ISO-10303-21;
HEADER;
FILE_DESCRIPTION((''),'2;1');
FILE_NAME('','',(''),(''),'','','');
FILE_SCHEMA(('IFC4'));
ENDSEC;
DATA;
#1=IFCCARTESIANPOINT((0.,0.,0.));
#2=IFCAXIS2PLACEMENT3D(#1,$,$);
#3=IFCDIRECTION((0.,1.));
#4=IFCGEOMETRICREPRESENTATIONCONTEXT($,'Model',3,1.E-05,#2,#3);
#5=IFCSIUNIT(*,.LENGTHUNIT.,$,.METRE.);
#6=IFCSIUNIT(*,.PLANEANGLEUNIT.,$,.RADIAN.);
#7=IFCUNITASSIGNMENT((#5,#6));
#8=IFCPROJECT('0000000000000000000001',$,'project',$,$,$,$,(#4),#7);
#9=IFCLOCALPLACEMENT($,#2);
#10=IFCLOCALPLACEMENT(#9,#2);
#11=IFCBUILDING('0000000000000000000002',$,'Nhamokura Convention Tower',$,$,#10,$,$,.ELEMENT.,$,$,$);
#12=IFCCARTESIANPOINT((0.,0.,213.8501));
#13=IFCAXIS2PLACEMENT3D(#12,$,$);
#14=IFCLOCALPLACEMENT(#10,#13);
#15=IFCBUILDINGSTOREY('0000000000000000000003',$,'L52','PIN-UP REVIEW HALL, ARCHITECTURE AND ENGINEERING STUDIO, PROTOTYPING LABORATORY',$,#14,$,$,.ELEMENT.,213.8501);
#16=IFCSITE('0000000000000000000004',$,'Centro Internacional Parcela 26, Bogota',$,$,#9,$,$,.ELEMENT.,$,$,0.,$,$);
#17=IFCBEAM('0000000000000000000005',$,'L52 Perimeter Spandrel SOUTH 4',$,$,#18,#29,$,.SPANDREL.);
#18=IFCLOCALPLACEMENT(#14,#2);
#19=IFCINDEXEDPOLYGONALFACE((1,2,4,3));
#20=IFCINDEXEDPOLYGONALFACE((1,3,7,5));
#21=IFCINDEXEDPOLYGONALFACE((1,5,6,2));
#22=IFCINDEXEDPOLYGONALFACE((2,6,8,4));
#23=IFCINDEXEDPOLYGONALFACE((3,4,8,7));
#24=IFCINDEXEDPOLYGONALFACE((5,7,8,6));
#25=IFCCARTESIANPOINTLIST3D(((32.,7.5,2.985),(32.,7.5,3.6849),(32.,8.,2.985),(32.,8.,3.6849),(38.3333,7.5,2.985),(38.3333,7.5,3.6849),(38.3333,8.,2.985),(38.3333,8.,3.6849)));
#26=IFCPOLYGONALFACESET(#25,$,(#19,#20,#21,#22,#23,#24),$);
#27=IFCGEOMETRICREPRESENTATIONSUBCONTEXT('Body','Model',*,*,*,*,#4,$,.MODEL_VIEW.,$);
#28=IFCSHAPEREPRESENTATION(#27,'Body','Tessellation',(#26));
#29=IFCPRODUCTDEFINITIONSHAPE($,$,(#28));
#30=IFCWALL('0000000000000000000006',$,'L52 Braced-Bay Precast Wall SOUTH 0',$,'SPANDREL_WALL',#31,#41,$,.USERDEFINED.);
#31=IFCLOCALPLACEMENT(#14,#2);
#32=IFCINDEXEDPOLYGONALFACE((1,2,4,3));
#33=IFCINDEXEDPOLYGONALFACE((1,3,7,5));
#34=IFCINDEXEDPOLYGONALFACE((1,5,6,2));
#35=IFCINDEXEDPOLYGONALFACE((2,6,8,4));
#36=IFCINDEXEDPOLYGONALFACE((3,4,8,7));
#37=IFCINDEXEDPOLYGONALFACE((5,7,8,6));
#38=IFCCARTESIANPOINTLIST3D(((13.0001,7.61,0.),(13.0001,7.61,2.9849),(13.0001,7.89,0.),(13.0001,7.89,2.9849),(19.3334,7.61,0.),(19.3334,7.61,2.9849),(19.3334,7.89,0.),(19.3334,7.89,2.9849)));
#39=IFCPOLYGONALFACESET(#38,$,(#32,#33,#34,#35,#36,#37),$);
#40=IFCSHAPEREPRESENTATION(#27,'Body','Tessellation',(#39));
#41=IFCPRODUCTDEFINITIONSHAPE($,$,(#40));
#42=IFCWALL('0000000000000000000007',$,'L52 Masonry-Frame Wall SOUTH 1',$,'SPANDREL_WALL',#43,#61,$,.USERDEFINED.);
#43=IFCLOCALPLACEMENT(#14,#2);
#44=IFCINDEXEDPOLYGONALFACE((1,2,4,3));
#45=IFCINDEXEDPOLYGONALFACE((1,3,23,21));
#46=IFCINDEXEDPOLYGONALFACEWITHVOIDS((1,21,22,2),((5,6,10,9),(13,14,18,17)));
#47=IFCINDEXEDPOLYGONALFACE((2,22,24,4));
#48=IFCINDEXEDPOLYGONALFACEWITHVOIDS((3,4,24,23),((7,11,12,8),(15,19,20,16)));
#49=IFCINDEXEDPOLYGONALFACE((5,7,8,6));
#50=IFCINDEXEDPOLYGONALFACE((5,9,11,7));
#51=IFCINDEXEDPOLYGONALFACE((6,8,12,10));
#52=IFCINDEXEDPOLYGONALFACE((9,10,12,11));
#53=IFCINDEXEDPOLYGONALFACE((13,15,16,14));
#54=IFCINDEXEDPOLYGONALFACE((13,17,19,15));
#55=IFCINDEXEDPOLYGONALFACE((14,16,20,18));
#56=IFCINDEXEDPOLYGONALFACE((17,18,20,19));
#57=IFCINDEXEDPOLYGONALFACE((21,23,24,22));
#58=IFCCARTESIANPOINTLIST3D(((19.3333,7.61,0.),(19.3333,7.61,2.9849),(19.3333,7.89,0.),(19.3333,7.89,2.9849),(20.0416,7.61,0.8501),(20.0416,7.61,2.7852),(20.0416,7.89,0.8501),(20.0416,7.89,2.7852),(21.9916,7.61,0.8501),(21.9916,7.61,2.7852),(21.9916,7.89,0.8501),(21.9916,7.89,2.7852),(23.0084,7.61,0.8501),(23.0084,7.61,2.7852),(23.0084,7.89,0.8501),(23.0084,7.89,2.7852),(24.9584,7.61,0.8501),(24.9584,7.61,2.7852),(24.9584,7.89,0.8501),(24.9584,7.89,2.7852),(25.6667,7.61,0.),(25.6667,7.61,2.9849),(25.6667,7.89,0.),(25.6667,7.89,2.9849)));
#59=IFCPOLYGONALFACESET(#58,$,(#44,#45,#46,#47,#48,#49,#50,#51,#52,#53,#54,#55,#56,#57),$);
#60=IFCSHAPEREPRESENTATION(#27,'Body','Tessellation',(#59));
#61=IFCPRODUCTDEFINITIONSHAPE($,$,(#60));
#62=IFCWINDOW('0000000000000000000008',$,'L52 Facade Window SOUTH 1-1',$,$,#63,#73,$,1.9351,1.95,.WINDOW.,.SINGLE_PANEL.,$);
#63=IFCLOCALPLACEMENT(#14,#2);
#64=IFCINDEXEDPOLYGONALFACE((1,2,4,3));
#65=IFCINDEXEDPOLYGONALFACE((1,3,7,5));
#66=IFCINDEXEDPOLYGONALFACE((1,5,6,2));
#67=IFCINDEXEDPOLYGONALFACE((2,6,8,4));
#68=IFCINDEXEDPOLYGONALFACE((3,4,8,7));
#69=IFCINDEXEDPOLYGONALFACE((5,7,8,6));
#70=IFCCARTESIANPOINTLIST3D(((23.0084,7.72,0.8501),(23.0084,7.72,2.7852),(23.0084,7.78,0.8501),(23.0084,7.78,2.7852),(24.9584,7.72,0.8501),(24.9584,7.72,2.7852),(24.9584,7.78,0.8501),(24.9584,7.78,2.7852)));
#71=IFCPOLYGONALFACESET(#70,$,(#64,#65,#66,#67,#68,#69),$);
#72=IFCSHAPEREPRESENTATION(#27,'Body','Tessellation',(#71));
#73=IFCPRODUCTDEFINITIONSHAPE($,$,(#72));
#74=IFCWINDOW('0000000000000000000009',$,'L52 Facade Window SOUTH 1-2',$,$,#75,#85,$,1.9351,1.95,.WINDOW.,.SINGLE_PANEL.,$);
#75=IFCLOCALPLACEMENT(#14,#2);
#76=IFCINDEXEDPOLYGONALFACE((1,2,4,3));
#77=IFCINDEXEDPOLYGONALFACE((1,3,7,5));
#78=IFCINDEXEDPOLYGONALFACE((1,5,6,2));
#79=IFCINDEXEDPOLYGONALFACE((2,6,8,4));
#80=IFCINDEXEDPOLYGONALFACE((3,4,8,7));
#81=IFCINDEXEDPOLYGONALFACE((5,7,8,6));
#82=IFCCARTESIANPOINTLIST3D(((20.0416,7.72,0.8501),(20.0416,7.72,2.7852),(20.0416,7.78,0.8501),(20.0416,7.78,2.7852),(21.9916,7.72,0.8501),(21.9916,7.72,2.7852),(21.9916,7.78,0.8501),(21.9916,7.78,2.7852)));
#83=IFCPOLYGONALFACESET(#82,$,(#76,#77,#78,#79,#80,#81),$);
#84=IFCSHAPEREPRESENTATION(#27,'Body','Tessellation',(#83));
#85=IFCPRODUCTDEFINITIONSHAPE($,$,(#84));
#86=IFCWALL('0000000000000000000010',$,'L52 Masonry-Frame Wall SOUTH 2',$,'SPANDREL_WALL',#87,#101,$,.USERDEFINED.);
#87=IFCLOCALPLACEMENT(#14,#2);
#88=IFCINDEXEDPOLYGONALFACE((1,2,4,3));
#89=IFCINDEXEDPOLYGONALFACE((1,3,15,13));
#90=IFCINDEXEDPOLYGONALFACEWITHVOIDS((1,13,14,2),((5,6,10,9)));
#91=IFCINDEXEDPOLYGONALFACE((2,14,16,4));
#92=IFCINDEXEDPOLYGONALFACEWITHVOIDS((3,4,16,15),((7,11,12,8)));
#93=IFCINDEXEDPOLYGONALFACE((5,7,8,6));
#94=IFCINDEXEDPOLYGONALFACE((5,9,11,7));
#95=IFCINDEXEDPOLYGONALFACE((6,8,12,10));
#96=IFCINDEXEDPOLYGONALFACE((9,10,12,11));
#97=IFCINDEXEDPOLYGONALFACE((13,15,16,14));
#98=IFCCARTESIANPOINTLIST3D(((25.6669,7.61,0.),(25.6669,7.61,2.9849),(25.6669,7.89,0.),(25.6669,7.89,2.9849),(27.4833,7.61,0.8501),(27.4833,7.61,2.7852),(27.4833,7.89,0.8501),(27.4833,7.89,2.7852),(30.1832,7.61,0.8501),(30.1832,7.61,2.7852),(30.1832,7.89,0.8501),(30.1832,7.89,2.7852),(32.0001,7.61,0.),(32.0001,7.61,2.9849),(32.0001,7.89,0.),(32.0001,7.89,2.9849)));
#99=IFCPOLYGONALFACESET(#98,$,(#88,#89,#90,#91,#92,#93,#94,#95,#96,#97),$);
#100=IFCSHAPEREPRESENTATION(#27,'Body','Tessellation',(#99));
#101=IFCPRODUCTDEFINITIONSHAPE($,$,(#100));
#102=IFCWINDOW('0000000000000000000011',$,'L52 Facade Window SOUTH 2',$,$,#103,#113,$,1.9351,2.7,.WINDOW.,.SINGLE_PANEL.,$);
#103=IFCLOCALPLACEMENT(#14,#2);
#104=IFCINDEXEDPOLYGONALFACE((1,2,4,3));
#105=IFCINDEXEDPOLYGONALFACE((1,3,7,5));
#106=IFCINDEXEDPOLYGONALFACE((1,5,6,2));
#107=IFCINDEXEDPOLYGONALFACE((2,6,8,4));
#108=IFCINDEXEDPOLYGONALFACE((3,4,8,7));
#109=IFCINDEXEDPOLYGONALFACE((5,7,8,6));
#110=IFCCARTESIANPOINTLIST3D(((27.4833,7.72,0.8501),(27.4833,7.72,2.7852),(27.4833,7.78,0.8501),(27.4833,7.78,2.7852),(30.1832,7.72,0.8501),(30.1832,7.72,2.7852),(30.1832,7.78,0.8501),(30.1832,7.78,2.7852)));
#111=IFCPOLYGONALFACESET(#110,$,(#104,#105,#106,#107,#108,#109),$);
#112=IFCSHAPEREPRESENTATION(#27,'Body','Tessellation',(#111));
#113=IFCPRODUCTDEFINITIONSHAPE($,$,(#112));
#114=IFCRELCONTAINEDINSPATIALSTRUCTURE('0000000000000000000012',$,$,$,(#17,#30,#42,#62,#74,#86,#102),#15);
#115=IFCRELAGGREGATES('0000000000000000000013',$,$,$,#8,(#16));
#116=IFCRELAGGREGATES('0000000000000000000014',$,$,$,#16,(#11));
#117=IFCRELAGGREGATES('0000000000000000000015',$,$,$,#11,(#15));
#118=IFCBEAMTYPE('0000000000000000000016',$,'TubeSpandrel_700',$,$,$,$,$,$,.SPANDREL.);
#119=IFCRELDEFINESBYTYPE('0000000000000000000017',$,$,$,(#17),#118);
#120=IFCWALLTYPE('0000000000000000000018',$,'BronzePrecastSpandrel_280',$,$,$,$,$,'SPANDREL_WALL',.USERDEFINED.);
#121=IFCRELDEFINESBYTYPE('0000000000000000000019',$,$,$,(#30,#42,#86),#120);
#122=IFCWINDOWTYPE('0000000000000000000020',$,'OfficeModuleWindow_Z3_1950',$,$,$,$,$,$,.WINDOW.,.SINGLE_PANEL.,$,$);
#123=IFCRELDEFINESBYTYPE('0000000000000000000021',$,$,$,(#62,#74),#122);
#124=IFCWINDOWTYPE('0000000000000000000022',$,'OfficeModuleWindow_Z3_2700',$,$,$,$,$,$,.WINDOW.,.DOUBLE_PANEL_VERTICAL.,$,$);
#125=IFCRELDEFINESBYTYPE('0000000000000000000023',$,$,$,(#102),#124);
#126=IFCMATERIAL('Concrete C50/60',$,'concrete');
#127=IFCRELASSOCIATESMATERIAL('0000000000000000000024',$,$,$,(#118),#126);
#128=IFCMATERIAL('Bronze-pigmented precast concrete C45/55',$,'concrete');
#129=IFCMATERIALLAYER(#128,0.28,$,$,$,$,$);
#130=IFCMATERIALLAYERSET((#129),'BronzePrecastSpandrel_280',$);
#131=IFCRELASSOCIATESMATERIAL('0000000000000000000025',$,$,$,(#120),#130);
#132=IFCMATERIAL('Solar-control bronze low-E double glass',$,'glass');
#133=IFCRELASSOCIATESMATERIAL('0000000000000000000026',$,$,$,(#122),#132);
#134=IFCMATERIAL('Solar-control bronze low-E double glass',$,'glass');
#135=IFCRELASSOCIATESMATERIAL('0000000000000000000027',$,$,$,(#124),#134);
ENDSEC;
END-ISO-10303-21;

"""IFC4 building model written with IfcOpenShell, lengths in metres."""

from ifc_helpers import new_model, si_unit, direction, frame, frame_2d, origin, origin_2d, place, context, subcontext, project, spatial, rectangle, extrude, material, layer, layer_set, material_profile, profile_set, type_object, element, fill, save


model = new_model("IFC4")

# Units and contexts
model_context = context("Model", 3, precision=1e-05, world=origin(), true_north=direction((0.0, 1.0)))
body_context = subcontext(model_context, "Body", "Model", "MODEL_VIEW")
ifc_project = project(units=[si_unit("LENGTHUNIT", "METRE"), si_unit("PLANEANGLEUNIT", "RADIAN")], contexts=[model_context])

# Site, building, storey
site_placement = place(None, origin())
site = spatial("IfcSite", under=ifc_project, at=site_placement, Name="Centro Internacional Parcela 26, Bogota", CompositionType="ELEMENT", RefElevation=0.0)
building_placement = place(site_placement, origin())
building = spatial("IfcBuilding", under=site, at=building_placement, Name="Nhamokura Convention Tower", CompositionType="ELEMENT")
storey_placement = place(building_placement, frame((0.0, 0.0, 213.8501)))
storey = spatial("IfcBuildingStorey", under=building, at=storey_placement, Name="L52", Description="PIN-UP REVIEW HALL, ARCHITECTURE AND ENGINEERING STUDIO, PROTOTYPING LABORATORY", CompositionType="ELEMENT", Elevation=213.8501)

# Beam
ifc_material_1 = material(Name="Concrete C50/60", Category="concrete")
ifc_material_profile_1 = material_profile(ifc_material_1, rectangle(XDim=0.5, YDim=0.7, at=origin_2d()))
ifc_profile_set_1 = profile_set([ifc_material_profile_1], Name="Concrete C50/60")
beam_type_1 = type_object("IfcBeamType", Name="TubeSpandrel_700", PredefinedType="SPANDREL", material=ifc_profile_set_1)
for number, where, z_axis, x_axis, name in (
    (1, (32.0, 7.75, 3.335), (1.0, 0.0, 0.0), (0.0, 1.0, 0.0), "L52 Perimeter Spandrel SOUTH 4"),
):
    element("IfcBeam", number, at=place(storey_placement, frame(where, z_axis=z_axis, x_axis=x_axis)), inside=storey, type_object=beam_type_1, Name=name, PredefinedType="SPANDREL", context=body_context, shape_type="SweptSolid", body=[
        extrude(rectangle(XDim=0.5, YDim=0.7, at=origin_2d()), origin(), (0.0, 0.0, 1.0), 6.3333),
    ])

# Wall
ifc_material_2 = material(Name="Bronze-pigmented precast concrete C45/55", Category="concrete")
ifc_layer = layer(ifc_material_2, 0.28)
ifc_layer_set = layer_set([ifc_layer], Name="BronzePrecastSpandrel_280")
wall_type = type_object("IfcWallType", Name="BronzePrecastSpandrel_280", ElementType="SPANDREL_WALL", PredefinedType="USERDEFINED", material=ifc_layer_set)
wall_1_placement = place(storey_placement, frame((19.3333, 7.75, 0.0), z_axis=(0.0, 0.0, 1.0), x_axis=(-1.0, 0.0, 0.0)))
element("IfcWall", 2, at=wall_1_placement, inside=storey, type_object=wall_type, Name="L52 Braced-Bay Precast Wall SOUTH 0", ObjectType="SPANDREL_WALL", PredefinedType="USERDEFINED", context=body_context, shape_type="SweptSolid", body=[
    extrude(rectangle(XDim=6.3333, YDim=0.28, at=frame_2d((3.1665, 0.0))), origin(), (0.0, 0.0, 1.0), 2.9849),
])

# Wall, openings, windows
wall_2_placement = place(storey_placement, frame((25.6667, 7.75, 0.0), z_axis=(0.0, 0.0, 1.0), x_axis=(-1.0, 0.0, 0.0)))
wall_2 = element("IfcWall", 3, at=wall_2_placement, inside=storey, type_object=wall_type, Name="L52 Masonry-Frame Wall SOUTH 1", ObjectType="SPANDREL_WALL", PredefinedType="USERDEFINED", context=body_context, shape_type="SweptSolid", body=[
    extrude(rectangle(XDim=6.3335, YDim=0.28, at=frame_2d((3.1667, 0.0))), origin(), (0.0, 0.0, 1.0), 2.9849),
])
opening_1_placement = place(wall_2_placement, frame((0.7083, 0.0, 0.8501)))
opening_1 = element("IfcOpeningElement", 4, at=opening_1_placement, cuts=wall_2, PredefinedType="OPENING", context=body_context, shape_type="SweptSolid", body=[
    extrude(rectangle(XDim=1.95, YDim=1.9351, at=frame_2d((0.9751, 0.9675))), frame((0.0, 0.1499, 0.0), z_axis=(0.0, -1.0, 0.0), x_axis=(1.0, 0.0, 0.0)), (0.0, 0.0, 1.0), 0.3),
])
opening_2_placement = place(wall_2_placement, frame((3.675, 0.0, 0.8501)))
opening_2 = element("IfcOpeningElement", 5, at=opening_2_placement, cuts=wall_2, PredefinedType="OPENING", context=body_context, shape_type="SweptSolid", body=[
    extrude(rectangle(XDim=1.95, YDim=1.9351, at=frame_2d((0.9751, 0.9675))), frame((0.0, 0.1499, 0.0), z_axis=(0.0, -1.0, 0.0), x_axis=(1.0, 0.0, 0.0)), (0.0, 0.0, 1.0), 0.3),
])
ifc_material_3 = material(Name="Solar-control bronze low-E double glass", Category="glass")
window_type_1 = type_object("IfcWindowType", Name="OfficeModuleWindow_Z3_1950", PartitioningType="SINGLE_PANEL", PredefinedType="WINDOW", material=ifc_material_3)
window_1_placement = place(opening_1_placement, origin())
window_1 = element("IfcWindow", 6, at=window_1_placement, inside=storey, type_object=window_type_1, Name="L52 Facade Window SOUTH 1-1", OverallHeight=1.9351, OverallWidth=1.95, PartitioningType="SINGLE_PANEL", PredefinedType="WINDOW", context=body_context, shape_type="SweptSolid", body=[
    extrude(rectangle(XDim=1.95, YDim=1.9351, at=frame_2d((0.9751, 0.9675))), frame((0.0, 0.03, 0.0), z_axis=(0.0, -1.0, 0.0), x_axis=(1.0, 0.0, 0.0)), (0.0, 0.0, 1.0), 0.0601),
])
fill(opening_1, window_1)
window_2_placement = place(opening_2_placement, origin())
window_2 = element("IfcWindow", 7, at=window_2_placement, inside=storey, type_object=window_type_1, Name="L52 Facade Window SOUTH 1-2", OverallHeight=1.9351, OverallWidth=1.95, PartitioningType="SINGLE_PANEL", PredefinedType="WINDOW", context=body_context, shape_type="SweptSolid", body=[
    extrude(rectangle(XDim=1.95, YDim=1.9351, at=frame_2d((0.9751, 0.9675))), frame((0.0, 0.03, 0.0), z_axis=(0.0, -1.0, 0.0), x_axis=(1.0, 0.0, 0.0)), (0.0, 0.0, 1.0), 0.0601),
])
fill(opening_2, window_2)

# Wall, opening, window
wall_3_placement = place(storey_placement, frame((32.0, 7.75, 0.0), z_axis=(0.0, 0.0, 1.0), x_axis=(-1.0, 0.0, 0.0)))
wall_3 = element("IfcWall", 8, at=wall_3_placement, inside=storey, type_object=wall_type, Name="L52 Masonry-Frame Wall SOUTH 2", ObjectType="SPANDREL_WALL", PredefinedType="USERDEFINED", context=body_context, shape_type="SweptSolid", body=[
    extrude(rectangle(XDim=6.3333, YDim=0.28, at=frame_2d((3.1665, 0.0))), origin(), (0.0, 0.0, 1.0), 2.9849),
])
opening_3_placement = place(wall_3_placement, frame((1.8167, 0.0, 0.8501)))
opening_3 = element("IfcOpeningElement", 9, at=opening_3_placement, cuts=wall_3, PredefinedType="OPENING", context=body_context, shape_type="SweptSolid", body=[
    extrude(rectangle(XDim=2.7, YDim=1.9351, at=frame_2d((1.3501, 0.9675))), frame((0.0, 0.1499, 0.0), z_axis=(0.0, -1.0, 0.0), x_axis=(1.0, 0.0, 0.0)), (0.0, 0.0, 1.0), 0.3),
])
ifc_material_4 = material(Name="Solar-control bronze low-E double glass", Category="glass")
window_type_2 = type_object("IfcWindowType", Name="OfficeModuleWindow_Z3_2700", PartitioningType="DOUBLE_PANEL_VERTICAL", PredefinedType="WINDOW", material=ifc_material_4)
window_3_placement = place(opening_3_placement, origin())
window_3 = element("IfcWindow", 10, at=window_3_placement, inside=storey, type_object=window_type_2, Name="L52 Facade Window SOUTH 2", OverallHeight=1.9351, OverallWidth=2.7, PartitioningType="SINGLE_PANEL", PredefinedType="WINDOW", context=body_context, shape_type="SweptSolid", body=[
    extrude(rectangle(XDim=2.7, YDim=1.9351, at=frame_2d((1.3501, 0.9675))), frame((0.0, 0.03, 0.0), z_axis=(0.0, -1.0, 0.0), x_axis=(1.0, 0.0, 0.0)), (0.0, 0.0, 1.0), 0.0601),
])
fill(opening_3, window_3)

save(model, "model.ifc")
